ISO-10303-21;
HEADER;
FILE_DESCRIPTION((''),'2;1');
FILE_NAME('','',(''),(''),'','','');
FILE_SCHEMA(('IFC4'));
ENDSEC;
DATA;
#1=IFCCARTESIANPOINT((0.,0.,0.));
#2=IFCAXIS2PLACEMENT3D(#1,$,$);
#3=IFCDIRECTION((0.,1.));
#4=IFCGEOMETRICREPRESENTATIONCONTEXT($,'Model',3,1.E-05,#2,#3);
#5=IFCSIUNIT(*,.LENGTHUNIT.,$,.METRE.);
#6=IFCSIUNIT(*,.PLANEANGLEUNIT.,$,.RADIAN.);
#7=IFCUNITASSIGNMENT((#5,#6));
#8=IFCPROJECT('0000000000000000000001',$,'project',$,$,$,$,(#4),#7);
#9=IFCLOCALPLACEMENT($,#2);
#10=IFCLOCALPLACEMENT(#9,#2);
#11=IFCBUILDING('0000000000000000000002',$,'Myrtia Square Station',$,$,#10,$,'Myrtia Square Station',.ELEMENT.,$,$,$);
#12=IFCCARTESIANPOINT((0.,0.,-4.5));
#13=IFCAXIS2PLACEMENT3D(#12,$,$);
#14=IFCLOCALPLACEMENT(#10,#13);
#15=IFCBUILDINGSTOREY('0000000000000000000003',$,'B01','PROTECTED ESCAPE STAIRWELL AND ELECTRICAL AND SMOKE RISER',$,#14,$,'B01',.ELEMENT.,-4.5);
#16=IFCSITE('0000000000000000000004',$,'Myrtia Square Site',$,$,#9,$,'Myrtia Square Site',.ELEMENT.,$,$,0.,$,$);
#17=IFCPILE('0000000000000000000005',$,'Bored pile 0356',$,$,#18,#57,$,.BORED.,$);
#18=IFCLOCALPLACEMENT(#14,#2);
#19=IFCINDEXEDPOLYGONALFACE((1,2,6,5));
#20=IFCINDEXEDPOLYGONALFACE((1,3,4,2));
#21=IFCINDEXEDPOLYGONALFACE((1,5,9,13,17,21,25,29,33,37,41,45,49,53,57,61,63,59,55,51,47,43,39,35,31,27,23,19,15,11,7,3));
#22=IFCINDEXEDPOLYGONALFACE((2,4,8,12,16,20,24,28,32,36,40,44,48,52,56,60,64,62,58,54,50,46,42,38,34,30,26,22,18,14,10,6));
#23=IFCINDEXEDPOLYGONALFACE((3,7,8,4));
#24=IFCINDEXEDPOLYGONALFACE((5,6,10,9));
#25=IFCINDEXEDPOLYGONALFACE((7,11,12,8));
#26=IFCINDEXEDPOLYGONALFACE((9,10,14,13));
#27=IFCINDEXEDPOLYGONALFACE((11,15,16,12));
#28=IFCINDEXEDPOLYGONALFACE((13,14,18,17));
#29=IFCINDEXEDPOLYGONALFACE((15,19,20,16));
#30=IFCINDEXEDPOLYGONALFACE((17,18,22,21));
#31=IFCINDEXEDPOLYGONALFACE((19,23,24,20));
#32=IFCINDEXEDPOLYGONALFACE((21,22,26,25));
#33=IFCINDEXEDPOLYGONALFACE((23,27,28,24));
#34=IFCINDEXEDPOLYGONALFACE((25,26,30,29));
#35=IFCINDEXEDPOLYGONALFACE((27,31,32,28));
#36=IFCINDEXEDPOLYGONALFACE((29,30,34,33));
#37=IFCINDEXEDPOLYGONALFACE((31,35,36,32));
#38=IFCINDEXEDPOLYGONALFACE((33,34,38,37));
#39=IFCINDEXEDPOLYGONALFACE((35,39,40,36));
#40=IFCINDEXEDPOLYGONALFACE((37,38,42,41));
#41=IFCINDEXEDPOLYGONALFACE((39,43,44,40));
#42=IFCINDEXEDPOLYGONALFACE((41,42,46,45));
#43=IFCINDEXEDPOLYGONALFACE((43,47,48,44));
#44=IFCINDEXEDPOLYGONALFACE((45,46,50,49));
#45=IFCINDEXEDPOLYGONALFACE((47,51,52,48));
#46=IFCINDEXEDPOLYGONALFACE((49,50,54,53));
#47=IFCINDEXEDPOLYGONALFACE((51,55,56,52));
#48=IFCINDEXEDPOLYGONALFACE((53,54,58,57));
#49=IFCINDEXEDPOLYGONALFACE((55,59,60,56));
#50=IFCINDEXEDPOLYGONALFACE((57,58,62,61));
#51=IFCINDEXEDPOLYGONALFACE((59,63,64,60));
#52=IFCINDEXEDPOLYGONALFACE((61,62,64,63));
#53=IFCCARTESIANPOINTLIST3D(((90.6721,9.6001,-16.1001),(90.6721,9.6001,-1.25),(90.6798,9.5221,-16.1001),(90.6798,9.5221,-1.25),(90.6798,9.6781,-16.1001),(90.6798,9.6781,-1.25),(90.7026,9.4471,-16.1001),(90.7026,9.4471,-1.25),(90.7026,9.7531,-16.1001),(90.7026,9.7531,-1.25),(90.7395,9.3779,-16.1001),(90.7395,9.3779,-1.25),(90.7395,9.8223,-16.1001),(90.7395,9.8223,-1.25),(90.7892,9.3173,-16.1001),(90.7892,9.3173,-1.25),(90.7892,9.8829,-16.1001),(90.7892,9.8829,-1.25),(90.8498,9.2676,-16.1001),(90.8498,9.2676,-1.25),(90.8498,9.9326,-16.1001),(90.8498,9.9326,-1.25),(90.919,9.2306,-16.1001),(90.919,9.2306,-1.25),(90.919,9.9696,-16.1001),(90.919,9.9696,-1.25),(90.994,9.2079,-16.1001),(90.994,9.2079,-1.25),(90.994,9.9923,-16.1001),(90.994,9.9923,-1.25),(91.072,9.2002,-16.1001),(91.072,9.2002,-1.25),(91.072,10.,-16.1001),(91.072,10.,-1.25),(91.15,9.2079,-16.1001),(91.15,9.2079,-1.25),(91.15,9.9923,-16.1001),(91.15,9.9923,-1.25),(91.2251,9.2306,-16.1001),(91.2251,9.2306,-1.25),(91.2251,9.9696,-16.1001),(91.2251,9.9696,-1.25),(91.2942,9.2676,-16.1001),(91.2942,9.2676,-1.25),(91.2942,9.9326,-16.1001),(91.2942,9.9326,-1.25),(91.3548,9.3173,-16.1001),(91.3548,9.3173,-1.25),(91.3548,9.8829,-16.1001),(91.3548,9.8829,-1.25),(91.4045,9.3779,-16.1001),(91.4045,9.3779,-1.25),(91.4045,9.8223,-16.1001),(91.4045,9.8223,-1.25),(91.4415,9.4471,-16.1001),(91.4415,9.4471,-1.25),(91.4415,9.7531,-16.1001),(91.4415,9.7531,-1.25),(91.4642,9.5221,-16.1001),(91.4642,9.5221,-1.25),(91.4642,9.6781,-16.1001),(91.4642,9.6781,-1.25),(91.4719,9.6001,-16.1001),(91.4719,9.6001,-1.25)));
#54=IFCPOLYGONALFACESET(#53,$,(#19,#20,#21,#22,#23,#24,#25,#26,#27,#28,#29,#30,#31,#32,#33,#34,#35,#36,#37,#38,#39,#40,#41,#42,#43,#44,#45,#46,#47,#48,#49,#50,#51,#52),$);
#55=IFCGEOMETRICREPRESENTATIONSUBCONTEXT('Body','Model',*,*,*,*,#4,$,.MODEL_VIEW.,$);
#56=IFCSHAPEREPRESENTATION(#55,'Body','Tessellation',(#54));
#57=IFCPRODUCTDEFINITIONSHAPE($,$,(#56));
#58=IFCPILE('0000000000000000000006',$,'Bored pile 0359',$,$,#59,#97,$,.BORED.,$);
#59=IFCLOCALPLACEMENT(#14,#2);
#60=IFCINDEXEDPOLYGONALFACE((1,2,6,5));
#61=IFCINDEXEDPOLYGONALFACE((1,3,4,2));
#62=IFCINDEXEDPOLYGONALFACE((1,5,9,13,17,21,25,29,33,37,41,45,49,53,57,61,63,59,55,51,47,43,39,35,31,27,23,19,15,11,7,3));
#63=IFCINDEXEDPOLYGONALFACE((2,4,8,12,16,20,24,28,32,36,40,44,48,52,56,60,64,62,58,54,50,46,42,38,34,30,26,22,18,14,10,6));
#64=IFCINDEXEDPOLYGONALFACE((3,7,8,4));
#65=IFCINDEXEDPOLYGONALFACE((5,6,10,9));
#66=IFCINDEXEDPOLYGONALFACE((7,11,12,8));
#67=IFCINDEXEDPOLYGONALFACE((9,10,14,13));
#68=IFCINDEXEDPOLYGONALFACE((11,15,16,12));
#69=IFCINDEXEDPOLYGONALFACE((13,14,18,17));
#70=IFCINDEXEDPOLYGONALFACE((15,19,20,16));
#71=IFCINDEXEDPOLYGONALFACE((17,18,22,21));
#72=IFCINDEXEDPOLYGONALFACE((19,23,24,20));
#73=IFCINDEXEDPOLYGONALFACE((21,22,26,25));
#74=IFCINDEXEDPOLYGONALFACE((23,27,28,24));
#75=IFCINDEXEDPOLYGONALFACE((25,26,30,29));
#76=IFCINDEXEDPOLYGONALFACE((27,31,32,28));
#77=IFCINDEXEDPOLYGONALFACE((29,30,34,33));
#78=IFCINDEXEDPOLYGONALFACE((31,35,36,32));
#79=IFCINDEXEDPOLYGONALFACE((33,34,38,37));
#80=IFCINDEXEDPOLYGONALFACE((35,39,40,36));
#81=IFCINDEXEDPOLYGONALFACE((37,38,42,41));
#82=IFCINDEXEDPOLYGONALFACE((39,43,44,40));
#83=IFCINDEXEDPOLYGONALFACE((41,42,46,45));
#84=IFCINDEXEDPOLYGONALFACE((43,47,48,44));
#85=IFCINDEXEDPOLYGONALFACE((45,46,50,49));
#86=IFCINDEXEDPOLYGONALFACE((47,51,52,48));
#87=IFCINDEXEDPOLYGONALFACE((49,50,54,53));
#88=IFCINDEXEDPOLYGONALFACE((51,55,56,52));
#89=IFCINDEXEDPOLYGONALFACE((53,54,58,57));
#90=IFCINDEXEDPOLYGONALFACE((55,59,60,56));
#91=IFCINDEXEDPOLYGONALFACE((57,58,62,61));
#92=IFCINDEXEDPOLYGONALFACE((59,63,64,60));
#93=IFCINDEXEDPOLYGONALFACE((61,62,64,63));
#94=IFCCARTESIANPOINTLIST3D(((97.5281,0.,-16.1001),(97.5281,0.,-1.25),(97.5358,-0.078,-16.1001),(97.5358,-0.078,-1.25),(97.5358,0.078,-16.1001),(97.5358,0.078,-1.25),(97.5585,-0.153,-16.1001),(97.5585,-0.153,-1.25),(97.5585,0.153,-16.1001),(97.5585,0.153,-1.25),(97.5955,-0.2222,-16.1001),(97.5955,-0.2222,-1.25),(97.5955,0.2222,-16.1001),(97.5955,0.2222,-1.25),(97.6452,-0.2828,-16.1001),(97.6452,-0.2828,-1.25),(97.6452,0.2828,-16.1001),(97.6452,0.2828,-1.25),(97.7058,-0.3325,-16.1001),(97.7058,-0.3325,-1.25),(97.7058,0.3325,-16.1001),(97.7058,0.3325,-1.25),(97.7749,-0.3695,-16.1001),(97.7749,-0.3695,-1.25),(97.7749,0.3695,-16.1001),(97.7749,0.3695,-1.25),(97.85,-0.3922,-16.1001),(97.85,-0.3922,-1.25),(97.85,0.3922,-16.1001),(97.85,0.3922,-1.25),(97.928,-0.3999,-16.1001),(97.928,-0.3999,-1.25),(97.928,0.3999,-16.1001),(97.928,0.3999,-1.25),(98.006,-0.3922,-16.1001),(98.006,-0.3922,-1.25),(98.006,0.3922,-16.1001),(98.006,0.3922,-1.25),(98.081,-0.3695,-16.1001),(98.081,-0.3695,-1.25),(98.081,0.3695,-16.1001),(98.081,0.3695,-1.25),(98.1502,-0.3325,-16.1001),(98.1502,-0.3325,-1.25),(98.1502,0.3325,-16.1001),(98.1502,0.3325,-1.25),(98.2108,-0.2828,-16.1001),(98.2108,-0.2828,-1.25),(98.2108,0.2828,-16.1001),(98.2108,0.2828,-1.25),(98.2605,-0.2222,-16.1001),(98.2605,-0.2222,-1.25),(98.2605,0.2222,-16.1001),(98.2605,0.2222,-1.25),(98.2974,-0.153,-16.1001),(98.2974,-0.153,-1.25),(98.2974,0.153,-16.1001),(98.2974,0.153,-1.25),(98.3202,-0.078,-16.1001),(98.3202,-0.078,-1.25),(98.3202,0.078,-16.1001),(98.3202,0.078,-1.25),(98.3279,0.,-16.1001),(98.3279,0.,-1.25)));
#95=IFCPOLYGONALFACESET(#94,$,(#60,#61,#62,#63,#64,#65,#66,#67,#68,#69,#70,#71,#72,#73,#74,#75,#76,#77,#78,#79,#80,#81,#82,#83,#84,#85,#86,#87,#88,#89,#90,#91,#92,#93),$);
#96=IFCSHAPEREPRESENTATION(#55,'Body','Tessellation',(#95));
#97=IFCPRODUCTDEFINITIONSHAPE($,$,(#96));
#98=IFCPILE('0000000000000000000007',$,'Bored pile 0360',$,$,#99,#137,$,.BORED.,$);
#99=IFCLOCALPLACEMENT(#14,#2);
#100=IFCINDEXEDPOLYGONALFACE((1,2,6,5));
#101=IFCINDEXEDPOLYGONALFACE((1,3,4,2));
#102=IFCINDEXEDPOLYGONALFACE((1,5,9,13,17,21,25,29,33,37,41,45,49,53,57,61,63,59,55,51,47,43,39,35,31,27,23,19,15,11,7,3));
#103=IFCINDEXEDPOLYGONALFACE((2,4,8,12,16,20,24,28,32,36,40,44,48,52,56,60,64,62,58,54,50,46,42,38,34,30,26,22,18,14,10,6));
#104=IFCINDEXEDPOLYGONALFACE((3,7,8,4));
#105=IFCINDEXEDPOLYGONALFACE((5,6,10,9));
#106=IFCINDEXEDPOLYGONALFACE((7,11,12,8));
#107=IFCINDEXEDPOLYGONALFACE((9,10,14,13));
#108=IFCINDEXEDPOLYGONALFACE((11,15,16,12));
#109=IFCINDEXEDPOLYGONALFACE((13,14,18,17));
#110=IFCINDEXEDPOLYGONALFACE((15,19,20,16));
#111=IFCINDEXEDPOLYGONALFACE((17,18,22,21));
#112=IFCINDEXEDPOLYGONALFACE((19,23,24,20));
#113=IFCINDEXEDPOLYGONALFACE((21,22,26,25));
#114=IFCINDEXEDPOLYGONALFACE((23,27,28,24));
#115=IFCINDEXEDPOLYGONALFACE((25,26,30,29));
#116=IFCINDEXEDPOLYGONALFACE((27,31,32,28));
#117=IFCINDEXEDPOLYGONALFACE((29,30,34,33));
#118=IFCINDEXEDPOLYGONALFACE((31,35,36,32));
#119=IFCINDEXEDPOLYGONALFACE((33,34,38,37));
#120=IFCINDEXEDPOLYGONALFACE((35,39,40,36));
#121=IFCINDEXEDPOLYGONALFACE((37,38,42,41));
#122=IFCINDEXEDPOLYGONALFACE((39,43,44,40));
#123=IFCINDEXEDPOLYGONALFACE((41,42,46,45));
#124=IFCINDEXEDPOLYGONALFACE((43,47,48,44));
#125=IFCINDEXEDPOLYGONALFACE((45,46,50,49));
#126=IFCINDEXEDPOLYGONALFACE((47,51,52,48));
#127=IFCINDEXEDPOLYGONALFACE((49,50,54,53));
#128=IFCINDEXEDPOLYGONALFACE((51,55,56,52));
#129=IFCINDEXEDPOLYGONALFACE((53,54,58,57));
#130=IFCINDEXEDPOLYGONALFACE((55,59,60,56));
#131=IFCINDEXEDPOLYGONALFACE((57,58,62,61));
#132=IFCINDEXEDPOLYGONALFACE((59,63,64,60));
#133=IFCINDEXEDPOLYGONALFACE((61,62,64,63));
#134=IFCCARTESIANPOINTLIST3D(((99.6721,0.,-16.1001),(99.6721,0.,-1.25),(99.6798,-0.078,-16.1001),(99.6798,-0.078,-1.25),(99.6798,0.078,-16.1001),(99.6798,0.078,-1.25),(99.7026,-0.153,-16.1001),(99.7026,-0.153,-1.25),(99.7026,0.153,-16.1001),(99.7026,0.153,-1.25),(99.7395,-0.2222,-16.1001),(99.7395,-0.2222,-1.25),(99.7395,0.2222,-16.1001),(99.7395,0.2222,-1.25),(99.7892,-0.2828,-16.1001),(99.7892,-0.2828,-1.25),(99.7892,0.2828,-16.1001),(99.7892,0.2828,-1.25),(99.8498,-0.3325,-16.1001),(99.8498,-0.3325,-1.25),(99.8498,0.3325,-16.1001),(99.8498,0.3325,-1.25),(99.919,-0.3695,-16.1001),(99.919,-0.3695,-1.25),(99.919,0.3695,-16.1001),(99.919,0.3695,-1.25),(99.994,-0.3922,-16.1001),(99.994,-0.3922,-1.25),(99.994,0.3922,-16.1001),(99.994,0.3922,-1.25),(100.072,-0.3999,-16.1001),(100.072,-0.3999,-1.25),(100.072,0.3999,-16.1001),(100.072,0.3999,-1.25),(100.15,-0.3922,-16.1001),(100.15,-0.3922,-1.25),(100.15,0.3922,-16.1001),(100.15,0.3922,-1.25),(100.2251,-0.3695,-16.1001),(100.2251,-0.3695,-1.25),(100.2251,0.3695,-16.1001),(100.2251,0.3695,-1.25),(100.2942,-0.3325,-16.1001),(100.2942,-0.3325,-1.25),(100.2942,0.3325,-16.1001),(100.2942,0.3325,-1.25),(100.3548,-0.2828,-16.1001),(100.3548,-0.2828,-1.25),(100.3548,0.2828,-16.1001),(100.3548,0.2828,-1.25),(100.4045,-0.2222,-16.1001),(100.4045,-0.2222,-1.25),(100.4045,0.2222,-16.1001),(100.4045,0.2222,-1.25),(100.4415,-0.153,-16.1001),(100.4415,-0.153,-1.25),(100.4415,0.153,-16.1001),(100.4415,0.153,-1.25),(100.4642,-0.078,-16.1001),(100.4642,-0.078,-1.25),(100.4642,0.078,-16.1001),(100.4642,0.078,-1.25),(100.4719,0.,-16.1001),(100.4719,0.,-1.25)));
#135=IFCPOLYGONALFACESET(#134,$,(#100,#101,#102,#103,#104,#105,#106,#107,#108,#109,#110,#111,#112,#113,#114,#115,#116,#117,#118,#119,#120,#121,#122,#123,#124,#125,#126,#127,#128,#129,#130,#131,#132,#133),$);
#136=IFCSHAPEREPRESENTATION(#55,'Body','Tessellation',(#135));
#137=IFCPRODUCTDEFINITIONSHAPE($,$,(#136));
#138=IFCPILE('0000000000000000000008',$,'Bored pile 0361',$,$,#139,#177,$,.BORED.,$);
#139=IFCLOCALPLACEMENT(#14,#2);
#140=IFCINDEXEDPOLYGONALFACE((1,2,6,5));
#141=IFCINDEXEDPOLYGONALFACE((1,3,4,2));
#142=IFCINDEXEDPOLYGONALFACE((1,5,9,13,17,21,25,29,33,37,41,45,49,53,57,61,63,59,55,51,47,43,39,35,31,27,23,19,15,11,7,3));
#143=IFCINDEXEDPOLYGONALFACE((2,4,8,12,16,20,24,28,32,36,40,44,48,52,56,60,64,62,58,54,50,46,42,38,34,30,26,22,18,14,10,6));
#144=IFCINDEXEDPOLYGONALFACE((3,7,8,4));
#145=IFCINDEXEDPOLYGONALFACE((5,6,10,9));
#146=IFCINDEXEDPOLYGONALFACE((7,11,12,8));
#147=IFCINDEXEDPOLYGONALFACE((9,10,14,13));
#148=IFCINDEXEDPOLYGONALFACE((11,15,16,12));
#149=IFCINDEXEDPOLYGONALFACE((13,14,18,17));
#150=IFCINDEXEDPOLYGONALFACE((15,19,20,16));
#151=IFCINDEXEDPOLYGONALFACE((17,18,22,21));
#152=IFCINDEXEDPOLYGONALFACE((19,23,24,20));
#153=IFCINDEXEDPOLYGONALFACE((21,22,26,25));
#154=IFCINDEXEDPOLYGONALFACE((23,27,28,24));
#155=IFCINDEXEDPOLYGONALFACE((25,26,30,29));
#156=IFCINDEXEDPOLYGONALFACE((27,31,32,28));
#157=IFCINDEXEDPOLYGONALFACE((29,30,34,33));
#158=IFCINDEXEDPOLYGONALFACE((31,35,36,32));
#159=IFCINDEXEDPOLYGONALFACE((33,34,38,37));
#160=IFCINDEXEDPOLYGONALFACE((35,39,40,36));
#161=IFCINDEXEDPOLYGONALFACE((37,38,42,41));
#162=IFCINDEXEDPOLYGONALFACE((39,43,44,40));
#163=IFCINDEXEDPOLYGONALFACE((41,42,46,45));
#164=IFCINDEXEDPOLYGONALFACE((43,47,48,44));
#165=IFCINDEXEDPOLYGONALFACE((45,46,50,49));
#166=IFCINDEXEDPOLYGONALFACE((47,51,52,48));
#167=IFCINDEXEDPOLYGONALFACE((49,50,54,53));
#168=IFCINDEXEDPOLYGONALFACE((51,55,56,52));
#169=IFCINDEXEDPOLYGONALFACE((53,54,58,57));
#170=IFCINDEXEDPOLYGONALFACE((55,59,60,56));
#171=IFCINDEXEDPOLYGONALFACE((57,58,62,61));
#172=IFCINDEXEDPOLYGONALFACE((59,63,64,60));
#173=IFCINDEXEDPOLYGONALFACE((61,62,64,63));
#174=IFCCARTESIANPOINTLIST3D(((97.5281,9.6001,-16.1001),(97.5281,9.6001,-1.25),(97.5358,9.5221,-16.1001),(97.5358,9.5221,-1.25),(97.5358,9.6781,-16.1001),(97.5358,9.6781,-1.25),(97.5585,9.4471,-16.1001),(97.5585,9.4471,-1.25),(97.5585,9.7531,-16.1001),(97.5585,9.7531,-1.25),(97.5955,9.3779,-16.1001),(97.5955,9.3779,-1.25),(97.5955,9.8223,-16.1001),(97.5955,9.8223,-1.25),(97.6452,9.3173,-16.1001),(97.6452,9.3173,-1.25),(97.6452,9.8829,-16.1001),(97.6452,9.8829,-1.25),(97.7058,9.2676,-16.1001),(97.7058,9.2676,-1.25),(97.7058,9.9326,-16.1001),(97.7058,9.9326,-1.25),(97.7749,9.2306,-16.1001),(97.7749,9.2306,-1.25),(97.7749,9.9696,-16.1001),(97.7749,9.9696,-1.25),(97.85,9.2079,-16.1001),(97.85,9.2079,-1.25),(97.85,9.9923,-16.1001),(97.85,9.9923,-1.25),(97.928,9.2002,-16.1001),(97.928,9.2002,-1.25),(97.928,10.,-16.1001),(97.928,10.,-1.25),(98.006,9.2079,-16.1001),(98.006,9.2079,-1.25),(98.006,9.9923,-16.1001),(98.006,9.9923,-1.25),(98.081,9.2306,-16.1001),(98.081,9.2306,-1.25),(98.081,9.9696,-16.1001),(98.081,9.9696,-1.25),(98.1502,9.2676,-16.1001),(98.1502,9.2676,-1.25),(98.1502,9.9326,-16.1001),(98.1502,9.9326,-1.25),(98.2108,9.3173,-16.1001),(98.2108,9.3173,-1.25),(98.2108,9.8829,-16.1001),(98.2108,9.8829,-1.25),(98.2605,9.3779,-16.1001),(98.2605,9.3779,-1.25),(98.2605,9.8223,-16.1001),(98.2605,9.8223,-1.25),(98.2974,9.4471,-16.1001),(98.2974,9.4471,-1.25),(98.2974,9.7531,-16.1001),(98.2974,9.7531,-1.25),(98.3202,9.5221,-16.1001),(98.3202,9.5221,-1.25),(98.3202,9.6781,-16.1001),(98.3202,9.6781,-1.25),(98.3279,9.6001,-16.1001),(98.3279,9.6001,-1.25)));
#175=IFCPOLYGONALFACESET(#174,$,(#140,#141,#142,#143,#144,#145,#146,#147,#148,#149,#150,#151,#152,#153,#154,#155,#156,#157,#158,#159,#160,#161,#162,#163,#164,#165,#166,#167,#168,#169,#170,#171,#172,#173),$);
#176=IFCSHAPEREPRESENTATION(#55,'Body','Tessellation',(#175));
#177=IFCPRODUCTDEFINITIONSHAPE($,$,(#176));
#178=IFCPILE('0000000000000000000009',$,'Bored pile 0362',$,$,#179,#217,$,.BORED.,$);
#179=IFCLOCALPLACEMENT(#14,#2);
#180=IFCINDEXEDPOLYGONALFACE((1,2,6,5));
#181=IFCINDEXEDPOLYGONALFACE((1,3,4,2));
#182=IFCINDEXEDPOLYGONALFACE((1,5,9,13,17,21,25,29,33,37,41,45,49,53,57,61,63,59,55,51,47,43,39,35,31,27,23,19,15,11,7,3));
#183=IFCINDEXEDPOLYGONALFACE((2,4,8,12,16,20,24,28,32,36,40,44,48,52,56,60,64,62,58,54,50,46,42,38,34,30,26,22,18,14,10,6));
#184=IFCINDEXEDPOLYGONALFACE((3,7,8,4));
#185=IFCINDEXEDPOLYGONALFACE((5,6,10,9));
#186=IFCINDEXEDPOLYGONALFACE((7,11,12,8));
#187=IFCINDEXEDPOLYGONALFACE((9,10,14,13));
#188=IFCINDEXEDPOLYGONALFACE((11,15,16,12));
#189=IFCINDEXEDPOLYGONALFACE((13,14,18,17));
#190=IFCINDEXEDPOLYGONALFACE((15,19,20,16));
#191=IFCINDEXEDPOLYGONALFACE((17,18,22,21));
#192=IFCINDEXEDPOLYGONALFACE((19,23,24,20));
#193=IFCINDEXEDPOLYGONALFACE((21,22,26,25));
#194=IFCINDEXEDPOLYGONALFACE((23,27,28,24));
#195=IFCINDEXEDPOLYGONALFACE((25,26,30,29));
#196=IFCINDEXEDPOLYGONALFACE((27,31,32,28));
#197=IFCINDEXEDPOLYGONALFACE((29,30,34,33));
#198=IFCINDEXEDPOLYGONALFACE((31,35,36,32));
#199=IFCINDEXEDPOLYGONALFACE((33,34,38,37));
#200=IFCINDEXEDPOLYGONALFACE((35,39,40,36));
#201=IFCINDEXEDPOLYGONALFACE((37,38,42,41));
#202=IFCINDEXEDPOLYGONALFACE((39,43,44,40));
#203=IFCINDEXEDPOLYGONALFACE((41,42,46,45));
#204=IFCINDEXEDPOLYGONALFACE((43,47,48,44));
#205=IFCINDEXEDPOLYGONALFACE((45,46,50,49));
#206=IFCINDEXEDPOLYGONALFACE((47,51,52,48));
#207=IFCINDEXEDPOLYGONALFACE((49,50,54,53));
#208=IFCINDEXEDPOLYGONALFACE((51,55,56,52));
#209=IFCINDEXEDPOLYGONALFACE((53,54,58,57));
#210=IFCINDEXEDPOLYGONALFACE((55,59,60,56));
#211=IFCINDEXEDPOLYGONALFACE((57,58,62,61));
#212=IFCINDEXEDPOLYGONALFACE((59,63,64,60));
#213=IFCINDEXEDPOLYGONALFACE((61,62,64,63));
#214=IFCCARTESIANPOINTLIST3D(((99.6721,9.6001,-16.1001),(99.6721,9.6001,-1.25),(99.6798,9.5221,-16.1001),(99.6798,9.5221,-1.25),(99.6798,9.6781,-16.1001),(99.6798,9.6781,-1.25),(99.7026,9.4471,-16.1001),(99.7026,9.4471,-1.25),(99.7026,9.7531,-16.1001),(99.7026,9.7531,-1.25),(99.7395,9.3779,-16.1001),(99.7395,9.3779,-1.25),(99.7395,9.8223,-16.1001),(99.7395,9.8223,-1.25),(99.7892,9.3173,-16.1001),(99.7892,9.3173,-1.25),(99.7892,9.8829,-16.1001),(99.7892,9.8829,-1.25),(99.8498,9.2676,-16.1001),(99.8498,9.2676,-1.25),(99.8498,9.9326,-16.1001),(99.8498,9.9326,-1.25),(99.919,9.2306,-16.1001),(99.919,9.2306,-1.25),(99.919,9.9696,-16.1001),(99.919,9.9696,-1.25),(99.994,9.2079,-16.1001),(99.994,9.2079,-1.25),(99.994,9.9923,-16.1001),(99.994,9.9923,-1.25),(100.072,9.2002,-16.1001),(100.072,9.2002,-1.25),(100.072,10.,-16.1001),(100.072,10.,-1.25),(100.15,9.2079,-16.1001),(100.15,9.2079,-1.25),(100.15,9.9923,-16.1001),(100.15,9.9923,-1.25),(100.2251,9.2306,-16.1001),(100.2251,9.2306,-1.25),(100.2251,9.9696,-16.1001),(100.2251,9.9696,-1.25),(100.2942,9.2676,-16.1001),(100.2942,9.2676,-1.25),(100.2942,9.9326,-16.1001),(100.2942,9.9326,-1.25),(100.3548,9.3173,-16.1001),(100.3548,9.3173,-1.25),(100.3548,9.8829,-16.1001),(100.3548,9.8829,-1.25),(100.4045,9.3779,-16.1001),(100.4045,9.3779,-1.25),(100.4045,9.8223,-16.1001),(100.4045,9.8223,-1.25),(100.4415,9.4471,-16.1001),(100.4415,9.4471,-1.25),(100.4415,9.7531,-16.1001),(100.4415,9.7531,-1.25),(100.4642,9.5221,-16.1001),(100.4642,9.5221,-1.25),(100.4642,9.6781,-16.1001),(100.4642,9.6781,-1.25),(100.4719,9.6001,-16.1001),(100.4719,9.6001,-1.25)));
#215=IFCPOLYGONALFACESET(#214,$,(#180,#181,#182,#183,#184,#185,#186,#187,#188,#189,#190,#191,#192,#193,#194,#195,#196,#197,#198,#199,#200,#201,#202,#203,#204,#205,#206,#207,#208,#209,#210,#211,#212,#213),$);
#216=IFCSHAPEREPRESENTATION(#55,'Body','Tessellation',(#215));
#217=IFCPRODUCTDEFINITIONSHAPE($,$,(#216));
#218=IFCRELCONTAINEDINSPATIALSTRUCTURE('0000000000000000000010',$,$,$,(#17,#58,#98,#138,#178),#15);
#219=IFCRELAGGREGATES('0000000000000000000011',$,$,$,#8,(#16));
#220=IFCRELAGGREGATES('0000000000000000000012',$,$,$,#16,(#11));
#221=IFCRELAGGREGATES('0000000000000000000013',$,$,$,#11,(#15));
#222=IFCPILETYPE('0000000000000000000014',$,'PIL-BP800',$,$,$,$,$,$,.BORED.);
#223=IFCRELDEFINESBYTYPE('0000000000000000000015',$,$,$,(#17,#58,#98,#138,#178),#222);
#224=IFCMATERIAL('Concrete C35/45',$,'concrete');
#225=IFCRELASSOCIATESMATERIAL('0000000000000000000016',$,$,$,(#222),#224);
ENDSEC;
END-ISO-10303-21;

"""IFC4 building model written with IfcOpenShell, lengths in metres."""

from ifc_helpers import new_model, si_unit, direction, frame, origin, origin_2d, place, context, subcontext, project, spatial, circle, extrude, material, material_profile, profile_set, type_object, element, save


model = new_model("IFC4")

# Units and contexts
model_context = context("Model", 3, precision=1e-05, world=origin(), true_north=direction((0.0, 1.0)))
body_context = subcontext(model_context, "Body", "Model", "MODEL_VIEW")
ifc_project = project(units=[si_unit("LENGTHUNIT", "METRE"), si_unit("PLANEANGLEUNIT", "RADIAN")], contexts=[model_context])

# Site, building, storey
site_placement = place(None, origin())
site = spatial("IfcSite", under=ifc_project, at=site_placement, Name="Myrtia Square Site", LongName="Myrtia Square Site", CompositionType="ELEMENT", RefElevation=0.0)
building_placement = place(site_placement, origin())
building = spatial("IfcBuilding", under=site, at=building_placement, Name="Myrtia Square Station", LongName="Myrtia Square Station", CompositionType="ELEMENT")
storey_placement = place(building_placement, frame((0.0, 0.0, -4.5)))
storey = spatial("IfcBuildingStorey", under=building, at=storey_placement, Name="B01", Description="PROTECTED ESCAPE STAIRWELL AND ELECTRICAL AND SMOKE RISER", LongName="B01", CompositionType="ELEMENT", Elevation=-4.5)

# Shared definitions
ifc_material_1 = material(Name="Concrete C35/45", Category="concrete")

# Piles
ifc_material_profile_1 = material_profile(ifc_material_1, circle(Radius=0.3999, at=origin_2d()), Name="BP D800")
ifc_profile_set_1 = profile_set([ifc_material_profile_1], Name="Concrete C35/45")
pile_type = type_object("IfcPileType", Name="PIL-BP800", PredefinedType="BORED", material=ifc_profile_set_1)
for number, where, z_axis, x_axis, name in (
    (1, (91.072, 9.6001, -1.25), (0.0, 0.0, -1.0), (1.0, 0.0, 0.0), "Bored pile 0356"),
    (2, (97.928, 0.0, -1.25), (0.0, 0.0, -1.0), (1.0, 0.0, 0.0), "Bored pile 0359"),
    (3, (100.072, 0.0, -1.25), (0.0, 0.0, -1.0), (1.0, 0.0, 0.0), "Bored pile 0360"),
    (4, (97.928, 9.6001, -1.25), (0.0, 0.0, -1.0), (1.0, 0.0, 0.0), "Bored pile 0361"),
    (5, (100.072, 9.6001, -1.25), (0.0, 0.0, -1.0), (1.0, 0.0, 0.0), "Bored pile 0362"),
):
    element("IfcPile", number, at=place(storey_placement, frame(where, z_axis=z_axis, x_axis=x_axis)), inside=storey, type_object=pile_type, Name=name, PredefinedType="BORED", context=body_context, shape_type="SweptSolid", body=[
        extrude(circle(Radius=0.3999, at=origin_2d()), origin(), (0.0, 0.0, 1.0), 14.8501),
    ])

save(model, "model.ifc")
